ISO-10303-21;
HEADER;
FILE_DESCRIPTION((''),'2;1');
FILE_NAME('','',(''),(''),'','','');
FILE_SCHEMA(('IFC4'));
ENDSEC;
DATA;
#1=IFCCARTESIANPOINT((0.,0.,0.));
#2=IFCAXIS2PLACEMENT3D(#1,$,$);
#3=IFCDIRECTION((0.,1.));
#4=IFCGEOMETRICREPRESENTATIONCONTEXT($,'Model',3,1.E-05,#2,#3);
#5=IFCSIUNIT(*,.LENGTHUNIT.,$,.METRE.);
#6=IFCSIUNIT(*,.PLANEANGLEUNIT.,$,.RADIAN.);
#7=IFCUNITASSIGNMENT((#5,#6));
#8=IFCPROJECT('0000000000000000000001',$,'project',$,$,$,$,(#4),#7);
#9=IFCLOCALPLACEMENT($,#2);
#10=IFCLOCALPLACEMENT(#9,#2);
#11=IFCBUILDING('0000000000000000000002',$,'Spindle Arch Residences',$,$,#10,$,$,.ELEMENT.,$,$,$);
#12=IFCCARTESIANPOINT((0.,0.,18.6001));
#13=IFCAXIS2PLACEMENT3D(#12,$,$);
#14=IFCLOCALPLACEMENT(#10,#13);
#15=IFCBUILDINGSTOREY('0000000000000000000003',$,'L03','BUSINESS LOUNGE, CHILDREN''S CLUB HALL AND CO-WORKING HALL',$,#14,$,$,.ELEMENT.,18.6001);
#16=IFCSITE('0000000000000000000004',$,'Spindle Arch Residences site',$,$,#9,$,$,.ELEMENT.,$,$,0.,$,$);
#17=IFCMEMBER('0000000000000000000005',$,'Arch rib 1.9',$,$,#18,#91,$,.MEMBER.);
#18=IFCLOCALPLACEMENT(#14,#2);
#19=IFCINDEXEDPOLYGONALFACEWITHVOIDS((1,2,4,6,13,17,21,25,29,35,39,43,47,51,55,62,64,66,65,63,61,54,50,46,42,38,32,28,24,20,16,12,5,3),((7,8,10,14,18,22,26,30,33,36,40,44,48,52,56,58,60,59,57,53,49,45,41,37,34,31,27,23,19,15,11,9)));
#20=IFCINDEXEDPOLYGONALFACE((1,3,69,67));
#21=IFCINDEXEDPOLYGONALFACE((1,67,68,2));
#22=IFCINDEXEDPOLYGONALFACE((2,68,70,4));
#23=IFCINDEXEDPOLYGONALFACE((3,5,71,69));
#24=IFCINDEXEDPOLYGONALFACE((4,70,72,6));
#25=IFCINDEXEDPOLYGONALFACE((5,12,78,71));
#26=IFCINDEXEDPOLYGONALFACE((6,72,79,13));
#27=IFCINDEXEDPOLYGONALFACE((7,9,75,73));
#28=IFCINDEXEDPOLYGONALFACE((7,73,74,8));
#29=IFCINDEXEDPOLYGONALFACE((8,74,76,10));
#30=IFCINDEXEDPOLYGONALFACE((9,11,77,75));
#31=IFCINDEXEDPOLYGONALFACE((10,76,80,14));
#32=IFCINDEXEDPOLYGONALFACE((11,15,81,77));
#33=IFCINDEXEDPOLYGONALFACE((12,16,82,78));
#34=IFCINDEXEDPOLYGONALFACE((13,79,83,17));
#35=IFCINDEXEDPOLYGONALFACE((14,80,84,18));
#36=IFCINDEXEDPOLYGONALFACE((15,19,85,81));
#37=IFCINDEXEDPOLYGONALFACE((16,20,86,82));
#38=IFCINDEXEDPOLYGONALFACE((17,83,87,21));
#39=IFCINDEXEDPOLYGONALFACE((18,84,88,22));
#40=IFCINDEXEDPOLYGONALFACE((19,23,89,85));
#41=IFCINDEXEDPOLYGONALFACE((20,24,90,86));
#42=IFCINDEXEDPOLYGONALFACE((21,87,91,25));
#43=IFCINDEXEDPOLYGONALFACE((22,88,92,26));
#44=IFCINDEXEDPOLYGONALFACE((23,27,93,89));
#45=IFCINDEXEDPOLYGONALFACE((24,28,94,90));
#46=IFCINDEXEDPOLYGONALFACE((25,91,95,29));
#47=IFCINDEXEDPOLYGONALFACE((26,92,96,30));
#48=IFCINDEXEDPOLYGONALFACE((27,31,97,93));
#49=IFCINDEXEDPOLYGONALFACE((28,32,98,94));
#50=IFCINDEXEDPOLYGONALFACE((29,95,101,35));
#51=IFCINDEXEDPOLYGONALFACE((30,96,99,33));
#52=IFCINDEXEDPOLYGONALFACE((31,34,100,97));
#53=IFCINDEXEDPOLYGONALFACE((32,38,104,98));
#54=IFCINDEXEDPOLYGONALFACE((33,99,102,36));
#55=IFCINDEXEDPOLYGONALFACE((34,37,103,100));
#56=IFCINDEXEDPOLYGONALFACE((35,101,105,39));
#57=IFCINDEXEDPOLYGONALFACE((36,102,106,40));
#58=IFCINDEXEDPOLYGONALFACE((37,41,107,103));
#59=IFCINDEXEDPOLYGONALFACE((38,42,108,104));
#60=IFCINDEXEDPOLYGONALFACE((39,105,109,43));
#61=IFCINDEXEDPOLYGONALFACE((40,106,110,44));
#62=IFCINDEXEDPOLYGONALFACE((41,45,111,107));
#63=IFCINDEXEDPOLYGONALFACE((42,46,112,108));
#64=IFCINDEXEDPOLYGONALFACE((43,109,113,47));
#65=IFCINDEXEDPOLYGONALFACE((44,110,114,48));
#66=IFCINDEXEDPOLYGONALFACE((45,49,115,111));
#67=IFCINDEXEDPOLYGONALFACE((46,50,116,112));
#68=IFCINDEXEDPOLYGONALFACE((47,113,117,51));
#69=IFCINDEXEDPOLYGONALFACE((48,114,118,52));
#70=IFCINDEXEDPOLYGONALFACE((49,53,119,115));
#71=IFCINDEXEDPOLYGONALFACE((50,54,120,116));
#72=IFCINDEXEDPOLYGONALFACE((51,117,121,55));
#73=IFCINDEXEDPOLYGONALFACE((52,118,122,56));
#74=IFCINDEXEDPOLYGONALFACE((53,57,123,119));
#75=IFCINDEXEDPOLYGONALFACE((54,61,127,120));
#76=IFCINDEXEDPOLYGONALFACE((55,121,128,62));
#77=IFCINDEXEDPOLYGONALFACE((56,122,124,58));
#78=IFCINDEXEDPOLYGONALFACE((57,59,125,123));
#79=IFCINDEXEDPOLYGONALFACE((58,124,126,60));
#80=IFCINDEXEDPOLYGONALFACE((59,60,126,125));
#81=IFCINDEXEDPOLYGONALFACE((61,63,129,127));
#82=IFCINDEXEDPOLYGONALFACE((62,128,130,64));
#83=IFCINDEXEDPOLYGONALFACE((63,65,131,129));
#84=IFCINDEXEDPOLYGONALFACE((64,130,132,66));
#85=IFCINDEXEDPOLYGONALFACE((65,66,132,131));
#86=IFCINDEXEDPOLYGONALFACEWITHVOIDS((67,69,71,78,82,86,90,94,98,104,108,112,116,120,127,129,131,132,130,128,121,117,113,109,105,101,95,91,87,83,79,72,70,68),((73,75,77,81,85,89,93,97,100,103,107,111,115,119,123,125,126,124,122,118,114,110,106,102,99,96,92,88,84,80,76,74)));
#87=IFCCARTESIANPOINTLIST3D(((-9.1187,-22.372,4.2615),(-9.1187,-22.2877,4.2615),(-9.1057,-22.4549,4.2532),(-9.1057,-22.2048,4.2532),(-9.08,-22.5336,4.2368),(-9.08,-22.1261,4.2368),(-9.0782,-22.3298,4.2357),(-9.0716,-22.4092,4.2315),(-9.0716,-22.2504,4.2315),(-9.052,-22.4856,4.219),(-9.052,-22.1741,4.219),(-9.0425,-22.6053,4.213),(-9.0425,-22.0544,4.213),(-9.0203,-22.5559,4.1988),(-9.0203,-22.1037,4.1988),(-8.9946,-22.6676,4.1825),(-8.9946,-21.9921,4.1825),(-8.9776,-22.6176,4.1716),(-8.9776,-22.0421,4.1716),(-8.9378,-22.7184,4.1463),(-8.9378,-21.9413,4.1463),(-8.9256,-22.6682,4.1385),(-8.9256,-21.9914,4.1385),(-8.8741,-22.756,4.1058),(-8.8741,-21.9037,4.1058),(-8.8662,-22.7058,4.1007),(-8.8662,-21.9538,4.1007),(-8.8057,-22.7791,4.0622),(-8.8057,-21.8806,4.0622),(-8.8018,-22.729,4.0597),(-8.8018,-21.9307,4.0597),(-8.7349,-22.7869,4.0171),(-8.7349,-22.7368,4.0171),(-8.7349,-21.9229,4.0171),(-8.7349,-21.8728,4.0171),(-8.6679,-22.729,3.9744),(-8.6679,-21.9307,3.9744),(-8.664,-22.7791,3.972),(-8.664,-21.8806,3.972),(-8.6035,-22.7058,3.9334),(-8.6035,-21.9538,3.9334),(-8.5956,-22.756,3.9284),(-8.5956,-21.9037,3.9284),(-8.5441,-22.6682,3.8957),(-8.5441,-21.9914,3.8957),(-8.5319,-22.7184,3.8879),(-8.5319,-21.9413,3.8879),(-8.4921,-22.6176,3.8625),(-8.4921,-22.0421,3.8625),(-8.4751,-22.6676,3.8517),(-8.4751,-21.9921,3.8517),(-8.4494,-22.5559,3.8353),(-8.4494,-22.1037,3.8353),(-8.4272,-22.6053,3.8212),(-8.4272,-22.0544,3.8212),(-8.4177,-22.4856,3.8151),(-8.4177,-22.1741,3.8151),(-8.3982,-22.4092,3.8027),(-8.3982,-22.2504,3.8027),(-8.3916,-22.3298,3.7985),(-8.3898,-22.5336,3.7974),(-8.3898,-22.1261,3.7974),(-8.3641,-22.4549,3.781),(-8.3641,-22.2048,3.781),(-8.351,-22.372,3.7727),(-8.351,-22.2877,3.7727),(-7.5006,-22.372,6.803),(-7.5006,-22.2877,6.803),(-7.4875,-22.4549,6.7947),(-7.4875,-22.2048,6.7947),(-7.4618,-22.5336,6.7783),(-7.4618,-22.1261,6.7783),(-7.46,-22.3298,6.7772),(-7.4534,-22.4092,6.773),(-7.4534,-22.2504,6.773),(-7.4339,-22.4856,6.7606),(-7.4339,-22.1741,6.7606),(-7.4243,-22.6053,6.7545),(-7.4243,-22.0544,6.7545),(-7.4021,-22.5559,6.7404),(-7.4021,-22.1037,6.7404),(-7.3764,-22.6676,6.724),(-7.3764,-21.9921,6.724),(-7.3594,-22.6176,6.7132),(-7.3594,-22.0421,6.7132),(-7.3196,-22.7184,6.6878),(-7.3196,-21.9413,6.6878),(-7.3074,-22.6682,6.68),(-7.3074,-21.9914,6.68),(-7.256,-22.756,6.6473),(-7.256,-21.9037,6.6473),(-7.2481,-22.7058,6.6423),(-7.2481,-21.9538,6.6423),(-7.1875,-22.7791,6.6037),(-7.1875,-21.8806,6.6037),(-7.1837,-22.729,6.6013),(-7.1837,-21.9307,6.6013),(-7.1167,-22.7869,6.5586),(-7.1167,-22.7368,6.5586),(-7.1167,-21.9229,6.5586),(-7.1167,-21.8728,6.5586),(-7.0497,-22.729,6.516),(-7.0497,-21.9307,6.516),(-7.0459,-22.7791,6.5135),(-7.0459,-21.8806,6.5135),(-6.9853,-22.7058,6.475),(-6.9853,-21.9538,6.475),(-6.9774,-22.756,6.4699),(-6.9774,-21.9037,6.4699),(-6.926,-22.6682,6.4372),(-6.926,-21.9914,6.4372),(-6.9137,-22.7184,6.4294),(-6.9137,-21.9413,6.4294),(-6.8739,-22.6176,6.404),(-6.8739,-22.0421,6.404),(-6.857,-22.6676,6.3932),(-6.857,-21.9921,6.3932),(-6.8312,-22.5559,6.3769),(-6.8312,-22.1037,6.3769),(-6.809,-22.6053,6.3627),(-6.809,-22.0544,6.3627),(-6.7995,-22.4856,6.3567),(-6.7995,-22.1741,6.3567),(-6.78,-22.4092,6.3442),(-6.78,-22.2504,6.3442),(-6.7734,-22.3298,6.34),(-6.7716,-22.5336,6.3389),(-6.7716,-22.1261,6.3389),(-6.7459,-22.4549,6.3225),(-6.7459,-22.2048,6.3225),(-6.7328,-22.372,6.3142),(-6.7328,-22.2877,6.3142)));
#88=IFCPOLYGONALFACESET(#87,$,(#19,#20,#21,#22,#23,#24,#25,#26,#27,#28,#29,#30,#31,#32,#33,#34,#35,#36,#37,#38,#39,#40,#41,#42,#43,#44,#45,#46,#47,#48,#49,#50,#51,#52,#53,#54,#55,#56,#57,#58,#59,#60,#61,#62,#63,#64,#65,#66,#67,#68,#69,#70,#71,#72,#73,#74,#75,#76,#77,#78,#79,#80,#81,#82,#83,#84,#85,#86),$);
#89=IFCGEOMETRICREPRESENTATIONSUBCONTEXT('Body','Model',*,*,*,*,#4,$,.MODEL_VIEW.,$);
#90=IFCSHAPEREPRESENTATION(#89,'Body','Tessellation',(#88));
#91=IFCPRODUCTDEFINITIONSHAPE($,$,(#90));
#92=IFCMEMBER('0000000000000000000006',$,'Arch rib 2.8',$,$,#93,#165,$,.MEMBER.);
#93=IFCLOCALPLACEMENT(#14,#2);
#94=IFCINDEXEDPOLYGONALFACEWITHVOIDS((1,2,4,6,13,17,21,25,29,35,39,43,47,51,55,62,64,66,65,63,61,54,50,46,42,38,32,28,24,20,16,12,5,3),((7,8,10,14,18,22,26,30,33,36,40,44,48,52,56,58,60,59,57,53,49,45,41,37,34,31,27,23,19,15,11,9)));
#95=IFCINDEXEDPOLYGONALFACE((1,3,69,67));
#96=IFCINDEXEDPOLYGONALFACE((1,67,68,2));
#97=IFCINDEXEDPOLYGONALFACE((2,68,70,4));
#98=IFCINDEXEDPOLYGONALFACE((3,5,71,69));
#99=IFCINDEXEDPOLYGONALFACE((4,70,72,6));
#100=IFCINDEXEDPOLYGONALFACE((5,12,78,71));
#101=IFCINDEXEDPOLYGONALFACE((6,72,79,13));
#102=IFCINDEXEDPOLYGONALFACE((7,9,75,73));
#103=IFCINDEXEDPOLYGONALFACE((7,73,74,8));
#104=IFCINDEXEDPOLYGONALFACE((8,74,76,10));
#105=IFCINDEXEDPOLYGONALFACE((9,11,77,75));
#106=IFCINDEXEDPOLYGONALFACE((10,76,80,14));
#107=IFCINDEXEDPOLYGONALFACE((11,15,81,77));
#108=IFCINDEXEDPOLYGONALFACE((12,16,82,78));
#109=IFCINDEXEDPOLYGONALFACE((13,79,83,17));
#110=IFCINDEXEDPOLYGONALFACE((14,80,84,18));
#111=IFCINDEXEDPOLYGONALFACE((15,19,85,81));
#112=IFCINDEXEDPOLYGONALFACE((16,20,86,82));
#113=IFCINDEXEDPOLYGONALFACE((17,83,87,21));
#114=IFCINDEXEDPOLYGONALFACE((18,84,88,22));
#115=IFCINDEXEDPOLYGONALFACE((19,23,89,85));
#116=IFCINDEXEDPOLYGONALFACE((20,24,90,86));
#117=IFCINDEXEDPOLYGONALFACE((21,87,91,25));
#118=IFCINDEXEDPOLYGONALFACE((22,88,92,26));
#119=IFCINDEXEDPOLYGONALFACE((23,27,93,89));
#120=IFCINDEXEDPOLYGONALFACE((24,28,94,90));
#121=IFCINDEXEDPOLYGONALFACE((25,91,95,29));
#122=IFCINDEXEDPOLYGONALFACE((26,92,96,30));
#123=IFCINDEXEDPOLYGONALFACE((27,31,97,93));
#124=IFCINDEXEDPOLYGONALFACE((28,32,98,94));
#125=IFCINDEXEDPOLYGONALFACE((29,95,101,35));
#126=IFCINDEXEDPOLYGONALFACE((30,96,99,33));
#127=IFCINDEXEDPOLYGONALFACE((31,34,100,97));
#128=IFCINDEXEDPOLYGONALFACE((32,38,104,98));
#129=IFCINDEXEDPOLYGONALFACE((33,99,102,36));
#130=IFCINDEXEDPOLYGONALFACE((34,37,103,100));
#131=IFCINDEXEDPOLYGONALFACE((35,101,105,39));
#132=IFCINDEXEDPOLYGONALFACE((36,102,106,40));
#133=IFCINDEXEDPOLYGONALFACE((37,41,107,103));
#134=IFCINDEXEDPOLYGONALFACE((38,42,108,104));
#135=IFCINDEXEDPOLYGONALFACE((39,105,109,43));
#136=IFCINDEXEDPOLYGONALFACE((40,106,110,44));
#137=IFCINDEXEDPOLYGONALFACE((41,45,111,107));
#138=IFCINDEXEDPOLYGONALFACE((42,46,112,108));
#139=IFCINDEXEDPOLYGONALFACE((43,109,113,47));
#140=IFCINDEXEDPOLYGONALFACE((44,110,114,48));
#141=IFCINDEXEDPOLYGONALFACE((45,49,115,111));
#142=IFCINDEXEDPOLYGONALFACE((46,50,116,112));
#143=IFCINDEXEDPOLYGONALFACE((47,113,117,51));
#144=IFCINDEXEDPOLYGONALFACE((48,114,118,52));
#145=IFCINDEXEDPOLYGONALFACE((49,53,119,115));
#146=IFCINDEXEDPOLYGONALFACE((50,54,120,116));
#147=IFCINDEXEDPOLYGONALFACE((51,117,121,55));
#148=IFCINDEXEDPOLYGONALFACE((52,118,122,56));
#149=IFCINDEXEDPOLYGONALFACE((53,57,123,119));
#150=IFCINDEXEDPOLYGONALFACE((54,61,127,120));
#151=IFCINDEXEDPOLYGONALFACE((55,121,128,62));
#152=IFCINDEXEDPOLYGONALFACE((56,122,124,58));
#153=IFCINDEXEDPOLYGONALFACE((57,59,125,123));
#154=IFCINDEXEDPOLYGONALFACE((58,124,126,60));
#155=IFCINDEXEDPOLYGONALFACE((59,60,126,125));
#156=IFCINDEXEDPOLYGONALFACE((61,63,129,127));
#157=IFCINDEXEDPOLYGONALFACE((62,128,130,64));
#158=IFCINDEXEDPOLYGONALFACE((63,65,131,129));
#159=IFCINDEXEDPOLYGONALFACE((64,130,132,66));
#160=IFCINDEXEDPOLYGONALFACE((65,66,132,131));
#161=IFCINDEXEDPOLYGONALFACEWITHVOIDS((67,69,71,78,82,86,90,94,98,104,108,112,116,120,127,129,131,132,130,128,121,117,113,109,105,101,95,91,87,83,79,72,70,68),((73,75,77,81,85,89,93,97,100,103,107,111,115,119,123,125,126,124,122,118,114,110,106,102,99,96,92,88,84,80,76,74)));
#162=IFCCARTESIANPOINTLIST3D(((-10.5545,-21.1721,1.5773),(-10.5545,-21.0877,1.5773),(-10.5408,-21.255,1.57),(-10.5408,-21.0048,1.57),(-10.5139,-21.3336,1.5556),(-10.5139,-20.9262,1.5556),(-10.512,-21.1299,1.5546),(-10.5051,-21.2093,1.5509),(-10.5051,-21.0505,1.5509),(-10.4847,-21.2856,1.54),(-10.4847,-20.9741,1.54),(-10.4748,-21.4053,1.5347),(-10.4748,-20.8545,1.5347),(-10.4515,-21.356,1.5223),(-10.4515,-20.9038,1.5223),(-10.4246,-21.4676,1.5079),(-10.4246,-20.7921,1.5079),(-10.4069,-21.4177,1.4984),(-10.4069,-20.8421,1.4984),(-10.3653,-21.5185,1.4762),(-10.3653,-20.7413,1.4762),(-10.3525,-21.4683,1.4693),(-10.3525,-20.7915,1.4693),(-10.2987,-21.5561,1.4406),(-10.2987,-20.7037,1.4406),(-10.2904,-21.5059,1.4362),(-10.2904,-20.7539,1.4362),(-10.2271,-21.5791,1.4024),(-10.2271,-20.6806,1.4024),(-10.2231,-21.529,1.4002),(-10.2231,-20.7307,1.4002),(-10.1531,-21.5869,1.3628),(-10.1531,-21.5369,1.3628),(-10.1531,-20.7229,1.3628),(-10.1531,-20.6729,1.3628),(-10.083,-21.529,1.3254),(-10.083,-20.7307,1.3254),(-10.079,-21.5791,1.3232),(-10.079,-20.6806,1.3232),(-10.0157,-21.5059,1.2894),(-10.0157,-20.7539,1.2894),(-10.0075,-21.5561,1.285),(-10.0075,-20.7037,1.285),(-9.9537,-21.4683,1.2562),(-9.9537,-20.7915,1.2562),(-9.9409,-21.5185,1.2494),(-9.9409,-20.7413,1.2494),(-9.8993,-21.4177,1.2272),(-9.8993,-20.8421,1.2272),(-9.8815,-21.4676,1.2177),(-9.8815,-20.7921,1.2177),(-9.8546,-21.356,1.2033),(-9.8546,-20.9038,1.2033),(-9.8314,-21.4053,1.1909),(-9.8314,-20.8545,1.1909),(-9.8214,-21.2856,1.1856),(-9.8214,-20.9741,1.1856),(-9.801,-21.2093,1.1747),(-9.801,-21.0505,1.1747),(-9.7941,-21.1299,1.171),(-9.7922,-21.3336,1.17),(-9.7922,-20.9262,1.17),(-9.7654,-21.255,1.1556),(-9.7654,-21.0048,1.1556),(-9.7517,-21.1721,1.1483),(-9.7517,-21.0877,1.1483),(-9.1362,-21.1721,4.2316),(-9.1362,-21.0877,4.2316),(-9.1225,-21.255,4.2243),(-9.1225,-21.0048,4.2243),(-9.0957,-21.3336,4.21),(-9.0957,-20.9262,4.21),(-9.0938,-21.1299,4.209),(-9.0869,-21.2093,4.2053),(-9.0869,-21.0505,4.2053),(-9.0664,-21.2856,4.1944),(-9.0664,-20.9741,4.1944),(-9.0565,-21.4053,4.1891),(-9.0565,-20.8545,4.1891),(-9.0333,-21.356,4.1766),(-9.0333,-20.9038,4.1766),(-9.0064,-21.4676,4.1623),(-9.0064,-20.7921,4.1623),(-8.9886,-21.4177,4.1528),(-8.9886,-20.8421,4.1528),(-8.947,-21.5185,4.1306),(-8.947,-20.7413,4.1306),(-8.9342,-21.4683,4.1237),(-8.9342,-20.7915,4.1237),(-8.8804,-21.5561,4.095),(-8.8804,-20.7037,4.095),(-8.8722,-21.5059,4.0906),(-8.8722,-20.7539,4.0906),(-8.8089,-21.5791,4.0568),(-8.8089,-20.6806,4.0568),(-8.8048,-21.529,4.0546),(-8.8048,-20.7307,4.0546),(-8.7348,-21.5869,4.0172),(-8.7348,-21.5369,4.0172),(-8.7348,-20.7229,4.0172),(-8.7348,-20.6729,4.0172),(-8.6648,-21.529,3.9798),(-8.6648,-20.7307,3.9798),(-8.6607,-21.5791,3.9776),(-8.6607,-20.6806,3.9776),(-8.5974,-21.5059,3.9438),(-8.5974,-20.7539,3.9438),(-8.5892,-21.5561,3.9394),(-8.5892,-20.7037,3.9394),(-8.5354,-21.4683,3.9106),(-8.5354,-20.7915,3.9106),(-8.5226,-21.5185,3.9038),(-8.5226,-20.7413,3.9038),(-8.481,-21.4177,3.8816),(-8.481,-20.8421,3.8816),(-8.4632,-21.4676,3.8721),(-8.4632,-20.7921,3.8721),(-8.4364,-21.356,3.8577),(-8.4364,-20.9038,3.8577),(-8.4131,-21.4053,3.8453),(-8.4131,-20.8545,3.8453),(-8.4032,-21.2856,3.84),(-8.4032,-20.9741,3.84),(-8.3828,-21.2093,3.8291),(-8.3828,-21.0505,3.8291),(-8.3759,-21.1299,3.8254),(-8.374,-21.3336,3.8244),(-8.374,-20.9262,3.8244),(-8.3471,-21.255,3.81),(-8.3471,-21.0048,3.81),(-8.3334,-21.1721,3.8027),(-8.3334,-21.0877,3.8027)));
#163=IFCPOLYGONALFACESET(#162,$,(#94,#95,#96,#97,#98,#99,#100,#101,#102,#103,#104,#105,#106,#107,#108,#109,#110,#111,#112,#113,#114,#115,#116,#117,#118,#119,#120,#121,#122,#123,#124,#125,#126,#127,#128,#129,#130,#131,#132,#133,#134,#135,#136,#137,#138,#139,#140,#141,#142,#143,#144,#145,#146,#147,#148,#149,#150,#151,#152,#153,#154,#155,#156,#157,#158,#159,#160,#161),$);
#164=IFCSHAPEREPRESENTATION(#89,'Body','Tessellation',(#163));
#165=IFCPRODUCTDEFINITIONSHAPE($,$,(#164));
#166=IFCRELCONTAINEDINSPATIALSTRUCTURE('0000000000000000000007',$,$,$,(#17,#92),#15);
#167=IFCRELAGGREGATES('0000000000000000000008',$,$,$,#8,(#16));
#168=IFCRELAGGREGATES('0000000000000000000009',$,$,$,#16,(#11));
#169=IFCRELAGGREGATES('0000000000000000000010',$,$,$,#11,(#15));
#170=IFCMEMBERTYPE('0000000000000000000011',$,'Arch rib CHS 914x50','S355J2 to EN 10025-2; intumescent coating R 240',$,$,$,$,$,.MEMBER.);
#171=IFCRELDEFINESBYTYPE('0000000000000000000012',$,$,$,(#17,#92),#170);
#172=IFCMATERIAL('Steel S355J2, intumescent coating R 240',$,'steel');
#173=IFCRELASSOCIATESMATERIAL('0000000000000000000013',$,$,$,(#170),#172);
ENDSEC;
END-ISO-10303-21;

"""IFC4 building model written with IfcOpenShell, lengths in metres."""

from ifc_helpers import new_model, si_unit, direction, frame, origin, origin_2d, place, context, subcontext, project, spatial, hollow_circle, extrude, material, material_profile, profile_set, type_object, element, save


model = new_model("IFC4")

# Units and contexts
model_context = context("Model", 3, precision=1e-05, world=origin(), true_north=direction((0.0, 1.0)))
body_context = subcontext(model_context, "Body", "Model", "MODEL_VIEW")
ifc_project = project(units=[si_unit("LENGTHUNIT", "METRE"), si_unit("PLANEANGLEUNIT", "RADIAN")], contexts=[model_context])

# Site, building, storey
site_placement = place(None, origin())
site = spatial("IfcSite", under=ifc_project, at=site_placement, Name="Spindle Arch Residences site", CompositionType="ELEMENT", RefElevation=0.0)
building_placement = place(site_placement, origin())
building = spatial("IfcBuilding", under=site, at=building_placement, Name="Spindle Arch Residences", CompositionType="ELEMENT")
storey_placement = place(building_placement, frame((0.0, 0.0, 18.6001)))
storey = spatial("IfcBuildingStorey", under=building, at=storey_placement, Name="L03", Description="BUSINESS LOUNGE, CHILDREN'S CLUB HALL AND CO-WORKING HALL", CompositionType="ELEMENT", Elevation=18.6001)

# Members
ifc_material_1 = material(Name="Steel S355J2, intumescent coating R 240", Category="steel")
ifc_material_profile_1 = material_profile(ifc_material_1, hollow_circle(Radius=0.457, WallThickness=0.05, at=origin_2d()), Name="CHS 914x50")
ifc_profile_set_1 = profile_set([ifc_material_profile_1], Name="Steel S355J2, intumescent coating R 240")
member_type_1 = type_object("IfcMemberType", Name="Arch rib CHS 914x50", Description="S355J2 to EN 10025-2; intumescent coating R 240", PredefinedType="MEMBER", material=ifc_profile_set_1)
member_1_placement = place(storey_placement, frame((-8.7349, -22.3298, 4.0171), z_axis=(0.537075, 0.0, 0.843535), x_axis=(0.0, 1.0, 0.0)))
element("IfcMember", 1, at=member_1_placement, inside=storey, type_object=member_type_1, Name="Arch rib 1.9", PredefinedType="MEMBER", context=body_context, shape_type="SweptSolid", body=[
    extrude(hollow_circle(Radius=0.457, WallThickness=0.05, at=origin_2d()), origin(), (0.0, 0.0, 1.0), 3.0129),
])
member_2_placement = place(storey_placement, frame((-10.1531, -21.1299, 1.3628), z_axis=(0.471258, 0.0, 0.881996), x_axis=(0.0, 1.0, 0.0)))
element("IfcMember", 2, at=member_2_placement, inside=storey, type_object=member_type_1, Name="Arch rib 2.8", PredefinedType="MEMBER", context=body_context, shape_type="SweptSolid", body=[
    extrude(hollow_circle(Radius=0.457, WallThickness=0.05, at=origin_2d()), origin(), (0.0, 0.0, 1.0), 3.0095),
])

save(model, "model.ifc")
